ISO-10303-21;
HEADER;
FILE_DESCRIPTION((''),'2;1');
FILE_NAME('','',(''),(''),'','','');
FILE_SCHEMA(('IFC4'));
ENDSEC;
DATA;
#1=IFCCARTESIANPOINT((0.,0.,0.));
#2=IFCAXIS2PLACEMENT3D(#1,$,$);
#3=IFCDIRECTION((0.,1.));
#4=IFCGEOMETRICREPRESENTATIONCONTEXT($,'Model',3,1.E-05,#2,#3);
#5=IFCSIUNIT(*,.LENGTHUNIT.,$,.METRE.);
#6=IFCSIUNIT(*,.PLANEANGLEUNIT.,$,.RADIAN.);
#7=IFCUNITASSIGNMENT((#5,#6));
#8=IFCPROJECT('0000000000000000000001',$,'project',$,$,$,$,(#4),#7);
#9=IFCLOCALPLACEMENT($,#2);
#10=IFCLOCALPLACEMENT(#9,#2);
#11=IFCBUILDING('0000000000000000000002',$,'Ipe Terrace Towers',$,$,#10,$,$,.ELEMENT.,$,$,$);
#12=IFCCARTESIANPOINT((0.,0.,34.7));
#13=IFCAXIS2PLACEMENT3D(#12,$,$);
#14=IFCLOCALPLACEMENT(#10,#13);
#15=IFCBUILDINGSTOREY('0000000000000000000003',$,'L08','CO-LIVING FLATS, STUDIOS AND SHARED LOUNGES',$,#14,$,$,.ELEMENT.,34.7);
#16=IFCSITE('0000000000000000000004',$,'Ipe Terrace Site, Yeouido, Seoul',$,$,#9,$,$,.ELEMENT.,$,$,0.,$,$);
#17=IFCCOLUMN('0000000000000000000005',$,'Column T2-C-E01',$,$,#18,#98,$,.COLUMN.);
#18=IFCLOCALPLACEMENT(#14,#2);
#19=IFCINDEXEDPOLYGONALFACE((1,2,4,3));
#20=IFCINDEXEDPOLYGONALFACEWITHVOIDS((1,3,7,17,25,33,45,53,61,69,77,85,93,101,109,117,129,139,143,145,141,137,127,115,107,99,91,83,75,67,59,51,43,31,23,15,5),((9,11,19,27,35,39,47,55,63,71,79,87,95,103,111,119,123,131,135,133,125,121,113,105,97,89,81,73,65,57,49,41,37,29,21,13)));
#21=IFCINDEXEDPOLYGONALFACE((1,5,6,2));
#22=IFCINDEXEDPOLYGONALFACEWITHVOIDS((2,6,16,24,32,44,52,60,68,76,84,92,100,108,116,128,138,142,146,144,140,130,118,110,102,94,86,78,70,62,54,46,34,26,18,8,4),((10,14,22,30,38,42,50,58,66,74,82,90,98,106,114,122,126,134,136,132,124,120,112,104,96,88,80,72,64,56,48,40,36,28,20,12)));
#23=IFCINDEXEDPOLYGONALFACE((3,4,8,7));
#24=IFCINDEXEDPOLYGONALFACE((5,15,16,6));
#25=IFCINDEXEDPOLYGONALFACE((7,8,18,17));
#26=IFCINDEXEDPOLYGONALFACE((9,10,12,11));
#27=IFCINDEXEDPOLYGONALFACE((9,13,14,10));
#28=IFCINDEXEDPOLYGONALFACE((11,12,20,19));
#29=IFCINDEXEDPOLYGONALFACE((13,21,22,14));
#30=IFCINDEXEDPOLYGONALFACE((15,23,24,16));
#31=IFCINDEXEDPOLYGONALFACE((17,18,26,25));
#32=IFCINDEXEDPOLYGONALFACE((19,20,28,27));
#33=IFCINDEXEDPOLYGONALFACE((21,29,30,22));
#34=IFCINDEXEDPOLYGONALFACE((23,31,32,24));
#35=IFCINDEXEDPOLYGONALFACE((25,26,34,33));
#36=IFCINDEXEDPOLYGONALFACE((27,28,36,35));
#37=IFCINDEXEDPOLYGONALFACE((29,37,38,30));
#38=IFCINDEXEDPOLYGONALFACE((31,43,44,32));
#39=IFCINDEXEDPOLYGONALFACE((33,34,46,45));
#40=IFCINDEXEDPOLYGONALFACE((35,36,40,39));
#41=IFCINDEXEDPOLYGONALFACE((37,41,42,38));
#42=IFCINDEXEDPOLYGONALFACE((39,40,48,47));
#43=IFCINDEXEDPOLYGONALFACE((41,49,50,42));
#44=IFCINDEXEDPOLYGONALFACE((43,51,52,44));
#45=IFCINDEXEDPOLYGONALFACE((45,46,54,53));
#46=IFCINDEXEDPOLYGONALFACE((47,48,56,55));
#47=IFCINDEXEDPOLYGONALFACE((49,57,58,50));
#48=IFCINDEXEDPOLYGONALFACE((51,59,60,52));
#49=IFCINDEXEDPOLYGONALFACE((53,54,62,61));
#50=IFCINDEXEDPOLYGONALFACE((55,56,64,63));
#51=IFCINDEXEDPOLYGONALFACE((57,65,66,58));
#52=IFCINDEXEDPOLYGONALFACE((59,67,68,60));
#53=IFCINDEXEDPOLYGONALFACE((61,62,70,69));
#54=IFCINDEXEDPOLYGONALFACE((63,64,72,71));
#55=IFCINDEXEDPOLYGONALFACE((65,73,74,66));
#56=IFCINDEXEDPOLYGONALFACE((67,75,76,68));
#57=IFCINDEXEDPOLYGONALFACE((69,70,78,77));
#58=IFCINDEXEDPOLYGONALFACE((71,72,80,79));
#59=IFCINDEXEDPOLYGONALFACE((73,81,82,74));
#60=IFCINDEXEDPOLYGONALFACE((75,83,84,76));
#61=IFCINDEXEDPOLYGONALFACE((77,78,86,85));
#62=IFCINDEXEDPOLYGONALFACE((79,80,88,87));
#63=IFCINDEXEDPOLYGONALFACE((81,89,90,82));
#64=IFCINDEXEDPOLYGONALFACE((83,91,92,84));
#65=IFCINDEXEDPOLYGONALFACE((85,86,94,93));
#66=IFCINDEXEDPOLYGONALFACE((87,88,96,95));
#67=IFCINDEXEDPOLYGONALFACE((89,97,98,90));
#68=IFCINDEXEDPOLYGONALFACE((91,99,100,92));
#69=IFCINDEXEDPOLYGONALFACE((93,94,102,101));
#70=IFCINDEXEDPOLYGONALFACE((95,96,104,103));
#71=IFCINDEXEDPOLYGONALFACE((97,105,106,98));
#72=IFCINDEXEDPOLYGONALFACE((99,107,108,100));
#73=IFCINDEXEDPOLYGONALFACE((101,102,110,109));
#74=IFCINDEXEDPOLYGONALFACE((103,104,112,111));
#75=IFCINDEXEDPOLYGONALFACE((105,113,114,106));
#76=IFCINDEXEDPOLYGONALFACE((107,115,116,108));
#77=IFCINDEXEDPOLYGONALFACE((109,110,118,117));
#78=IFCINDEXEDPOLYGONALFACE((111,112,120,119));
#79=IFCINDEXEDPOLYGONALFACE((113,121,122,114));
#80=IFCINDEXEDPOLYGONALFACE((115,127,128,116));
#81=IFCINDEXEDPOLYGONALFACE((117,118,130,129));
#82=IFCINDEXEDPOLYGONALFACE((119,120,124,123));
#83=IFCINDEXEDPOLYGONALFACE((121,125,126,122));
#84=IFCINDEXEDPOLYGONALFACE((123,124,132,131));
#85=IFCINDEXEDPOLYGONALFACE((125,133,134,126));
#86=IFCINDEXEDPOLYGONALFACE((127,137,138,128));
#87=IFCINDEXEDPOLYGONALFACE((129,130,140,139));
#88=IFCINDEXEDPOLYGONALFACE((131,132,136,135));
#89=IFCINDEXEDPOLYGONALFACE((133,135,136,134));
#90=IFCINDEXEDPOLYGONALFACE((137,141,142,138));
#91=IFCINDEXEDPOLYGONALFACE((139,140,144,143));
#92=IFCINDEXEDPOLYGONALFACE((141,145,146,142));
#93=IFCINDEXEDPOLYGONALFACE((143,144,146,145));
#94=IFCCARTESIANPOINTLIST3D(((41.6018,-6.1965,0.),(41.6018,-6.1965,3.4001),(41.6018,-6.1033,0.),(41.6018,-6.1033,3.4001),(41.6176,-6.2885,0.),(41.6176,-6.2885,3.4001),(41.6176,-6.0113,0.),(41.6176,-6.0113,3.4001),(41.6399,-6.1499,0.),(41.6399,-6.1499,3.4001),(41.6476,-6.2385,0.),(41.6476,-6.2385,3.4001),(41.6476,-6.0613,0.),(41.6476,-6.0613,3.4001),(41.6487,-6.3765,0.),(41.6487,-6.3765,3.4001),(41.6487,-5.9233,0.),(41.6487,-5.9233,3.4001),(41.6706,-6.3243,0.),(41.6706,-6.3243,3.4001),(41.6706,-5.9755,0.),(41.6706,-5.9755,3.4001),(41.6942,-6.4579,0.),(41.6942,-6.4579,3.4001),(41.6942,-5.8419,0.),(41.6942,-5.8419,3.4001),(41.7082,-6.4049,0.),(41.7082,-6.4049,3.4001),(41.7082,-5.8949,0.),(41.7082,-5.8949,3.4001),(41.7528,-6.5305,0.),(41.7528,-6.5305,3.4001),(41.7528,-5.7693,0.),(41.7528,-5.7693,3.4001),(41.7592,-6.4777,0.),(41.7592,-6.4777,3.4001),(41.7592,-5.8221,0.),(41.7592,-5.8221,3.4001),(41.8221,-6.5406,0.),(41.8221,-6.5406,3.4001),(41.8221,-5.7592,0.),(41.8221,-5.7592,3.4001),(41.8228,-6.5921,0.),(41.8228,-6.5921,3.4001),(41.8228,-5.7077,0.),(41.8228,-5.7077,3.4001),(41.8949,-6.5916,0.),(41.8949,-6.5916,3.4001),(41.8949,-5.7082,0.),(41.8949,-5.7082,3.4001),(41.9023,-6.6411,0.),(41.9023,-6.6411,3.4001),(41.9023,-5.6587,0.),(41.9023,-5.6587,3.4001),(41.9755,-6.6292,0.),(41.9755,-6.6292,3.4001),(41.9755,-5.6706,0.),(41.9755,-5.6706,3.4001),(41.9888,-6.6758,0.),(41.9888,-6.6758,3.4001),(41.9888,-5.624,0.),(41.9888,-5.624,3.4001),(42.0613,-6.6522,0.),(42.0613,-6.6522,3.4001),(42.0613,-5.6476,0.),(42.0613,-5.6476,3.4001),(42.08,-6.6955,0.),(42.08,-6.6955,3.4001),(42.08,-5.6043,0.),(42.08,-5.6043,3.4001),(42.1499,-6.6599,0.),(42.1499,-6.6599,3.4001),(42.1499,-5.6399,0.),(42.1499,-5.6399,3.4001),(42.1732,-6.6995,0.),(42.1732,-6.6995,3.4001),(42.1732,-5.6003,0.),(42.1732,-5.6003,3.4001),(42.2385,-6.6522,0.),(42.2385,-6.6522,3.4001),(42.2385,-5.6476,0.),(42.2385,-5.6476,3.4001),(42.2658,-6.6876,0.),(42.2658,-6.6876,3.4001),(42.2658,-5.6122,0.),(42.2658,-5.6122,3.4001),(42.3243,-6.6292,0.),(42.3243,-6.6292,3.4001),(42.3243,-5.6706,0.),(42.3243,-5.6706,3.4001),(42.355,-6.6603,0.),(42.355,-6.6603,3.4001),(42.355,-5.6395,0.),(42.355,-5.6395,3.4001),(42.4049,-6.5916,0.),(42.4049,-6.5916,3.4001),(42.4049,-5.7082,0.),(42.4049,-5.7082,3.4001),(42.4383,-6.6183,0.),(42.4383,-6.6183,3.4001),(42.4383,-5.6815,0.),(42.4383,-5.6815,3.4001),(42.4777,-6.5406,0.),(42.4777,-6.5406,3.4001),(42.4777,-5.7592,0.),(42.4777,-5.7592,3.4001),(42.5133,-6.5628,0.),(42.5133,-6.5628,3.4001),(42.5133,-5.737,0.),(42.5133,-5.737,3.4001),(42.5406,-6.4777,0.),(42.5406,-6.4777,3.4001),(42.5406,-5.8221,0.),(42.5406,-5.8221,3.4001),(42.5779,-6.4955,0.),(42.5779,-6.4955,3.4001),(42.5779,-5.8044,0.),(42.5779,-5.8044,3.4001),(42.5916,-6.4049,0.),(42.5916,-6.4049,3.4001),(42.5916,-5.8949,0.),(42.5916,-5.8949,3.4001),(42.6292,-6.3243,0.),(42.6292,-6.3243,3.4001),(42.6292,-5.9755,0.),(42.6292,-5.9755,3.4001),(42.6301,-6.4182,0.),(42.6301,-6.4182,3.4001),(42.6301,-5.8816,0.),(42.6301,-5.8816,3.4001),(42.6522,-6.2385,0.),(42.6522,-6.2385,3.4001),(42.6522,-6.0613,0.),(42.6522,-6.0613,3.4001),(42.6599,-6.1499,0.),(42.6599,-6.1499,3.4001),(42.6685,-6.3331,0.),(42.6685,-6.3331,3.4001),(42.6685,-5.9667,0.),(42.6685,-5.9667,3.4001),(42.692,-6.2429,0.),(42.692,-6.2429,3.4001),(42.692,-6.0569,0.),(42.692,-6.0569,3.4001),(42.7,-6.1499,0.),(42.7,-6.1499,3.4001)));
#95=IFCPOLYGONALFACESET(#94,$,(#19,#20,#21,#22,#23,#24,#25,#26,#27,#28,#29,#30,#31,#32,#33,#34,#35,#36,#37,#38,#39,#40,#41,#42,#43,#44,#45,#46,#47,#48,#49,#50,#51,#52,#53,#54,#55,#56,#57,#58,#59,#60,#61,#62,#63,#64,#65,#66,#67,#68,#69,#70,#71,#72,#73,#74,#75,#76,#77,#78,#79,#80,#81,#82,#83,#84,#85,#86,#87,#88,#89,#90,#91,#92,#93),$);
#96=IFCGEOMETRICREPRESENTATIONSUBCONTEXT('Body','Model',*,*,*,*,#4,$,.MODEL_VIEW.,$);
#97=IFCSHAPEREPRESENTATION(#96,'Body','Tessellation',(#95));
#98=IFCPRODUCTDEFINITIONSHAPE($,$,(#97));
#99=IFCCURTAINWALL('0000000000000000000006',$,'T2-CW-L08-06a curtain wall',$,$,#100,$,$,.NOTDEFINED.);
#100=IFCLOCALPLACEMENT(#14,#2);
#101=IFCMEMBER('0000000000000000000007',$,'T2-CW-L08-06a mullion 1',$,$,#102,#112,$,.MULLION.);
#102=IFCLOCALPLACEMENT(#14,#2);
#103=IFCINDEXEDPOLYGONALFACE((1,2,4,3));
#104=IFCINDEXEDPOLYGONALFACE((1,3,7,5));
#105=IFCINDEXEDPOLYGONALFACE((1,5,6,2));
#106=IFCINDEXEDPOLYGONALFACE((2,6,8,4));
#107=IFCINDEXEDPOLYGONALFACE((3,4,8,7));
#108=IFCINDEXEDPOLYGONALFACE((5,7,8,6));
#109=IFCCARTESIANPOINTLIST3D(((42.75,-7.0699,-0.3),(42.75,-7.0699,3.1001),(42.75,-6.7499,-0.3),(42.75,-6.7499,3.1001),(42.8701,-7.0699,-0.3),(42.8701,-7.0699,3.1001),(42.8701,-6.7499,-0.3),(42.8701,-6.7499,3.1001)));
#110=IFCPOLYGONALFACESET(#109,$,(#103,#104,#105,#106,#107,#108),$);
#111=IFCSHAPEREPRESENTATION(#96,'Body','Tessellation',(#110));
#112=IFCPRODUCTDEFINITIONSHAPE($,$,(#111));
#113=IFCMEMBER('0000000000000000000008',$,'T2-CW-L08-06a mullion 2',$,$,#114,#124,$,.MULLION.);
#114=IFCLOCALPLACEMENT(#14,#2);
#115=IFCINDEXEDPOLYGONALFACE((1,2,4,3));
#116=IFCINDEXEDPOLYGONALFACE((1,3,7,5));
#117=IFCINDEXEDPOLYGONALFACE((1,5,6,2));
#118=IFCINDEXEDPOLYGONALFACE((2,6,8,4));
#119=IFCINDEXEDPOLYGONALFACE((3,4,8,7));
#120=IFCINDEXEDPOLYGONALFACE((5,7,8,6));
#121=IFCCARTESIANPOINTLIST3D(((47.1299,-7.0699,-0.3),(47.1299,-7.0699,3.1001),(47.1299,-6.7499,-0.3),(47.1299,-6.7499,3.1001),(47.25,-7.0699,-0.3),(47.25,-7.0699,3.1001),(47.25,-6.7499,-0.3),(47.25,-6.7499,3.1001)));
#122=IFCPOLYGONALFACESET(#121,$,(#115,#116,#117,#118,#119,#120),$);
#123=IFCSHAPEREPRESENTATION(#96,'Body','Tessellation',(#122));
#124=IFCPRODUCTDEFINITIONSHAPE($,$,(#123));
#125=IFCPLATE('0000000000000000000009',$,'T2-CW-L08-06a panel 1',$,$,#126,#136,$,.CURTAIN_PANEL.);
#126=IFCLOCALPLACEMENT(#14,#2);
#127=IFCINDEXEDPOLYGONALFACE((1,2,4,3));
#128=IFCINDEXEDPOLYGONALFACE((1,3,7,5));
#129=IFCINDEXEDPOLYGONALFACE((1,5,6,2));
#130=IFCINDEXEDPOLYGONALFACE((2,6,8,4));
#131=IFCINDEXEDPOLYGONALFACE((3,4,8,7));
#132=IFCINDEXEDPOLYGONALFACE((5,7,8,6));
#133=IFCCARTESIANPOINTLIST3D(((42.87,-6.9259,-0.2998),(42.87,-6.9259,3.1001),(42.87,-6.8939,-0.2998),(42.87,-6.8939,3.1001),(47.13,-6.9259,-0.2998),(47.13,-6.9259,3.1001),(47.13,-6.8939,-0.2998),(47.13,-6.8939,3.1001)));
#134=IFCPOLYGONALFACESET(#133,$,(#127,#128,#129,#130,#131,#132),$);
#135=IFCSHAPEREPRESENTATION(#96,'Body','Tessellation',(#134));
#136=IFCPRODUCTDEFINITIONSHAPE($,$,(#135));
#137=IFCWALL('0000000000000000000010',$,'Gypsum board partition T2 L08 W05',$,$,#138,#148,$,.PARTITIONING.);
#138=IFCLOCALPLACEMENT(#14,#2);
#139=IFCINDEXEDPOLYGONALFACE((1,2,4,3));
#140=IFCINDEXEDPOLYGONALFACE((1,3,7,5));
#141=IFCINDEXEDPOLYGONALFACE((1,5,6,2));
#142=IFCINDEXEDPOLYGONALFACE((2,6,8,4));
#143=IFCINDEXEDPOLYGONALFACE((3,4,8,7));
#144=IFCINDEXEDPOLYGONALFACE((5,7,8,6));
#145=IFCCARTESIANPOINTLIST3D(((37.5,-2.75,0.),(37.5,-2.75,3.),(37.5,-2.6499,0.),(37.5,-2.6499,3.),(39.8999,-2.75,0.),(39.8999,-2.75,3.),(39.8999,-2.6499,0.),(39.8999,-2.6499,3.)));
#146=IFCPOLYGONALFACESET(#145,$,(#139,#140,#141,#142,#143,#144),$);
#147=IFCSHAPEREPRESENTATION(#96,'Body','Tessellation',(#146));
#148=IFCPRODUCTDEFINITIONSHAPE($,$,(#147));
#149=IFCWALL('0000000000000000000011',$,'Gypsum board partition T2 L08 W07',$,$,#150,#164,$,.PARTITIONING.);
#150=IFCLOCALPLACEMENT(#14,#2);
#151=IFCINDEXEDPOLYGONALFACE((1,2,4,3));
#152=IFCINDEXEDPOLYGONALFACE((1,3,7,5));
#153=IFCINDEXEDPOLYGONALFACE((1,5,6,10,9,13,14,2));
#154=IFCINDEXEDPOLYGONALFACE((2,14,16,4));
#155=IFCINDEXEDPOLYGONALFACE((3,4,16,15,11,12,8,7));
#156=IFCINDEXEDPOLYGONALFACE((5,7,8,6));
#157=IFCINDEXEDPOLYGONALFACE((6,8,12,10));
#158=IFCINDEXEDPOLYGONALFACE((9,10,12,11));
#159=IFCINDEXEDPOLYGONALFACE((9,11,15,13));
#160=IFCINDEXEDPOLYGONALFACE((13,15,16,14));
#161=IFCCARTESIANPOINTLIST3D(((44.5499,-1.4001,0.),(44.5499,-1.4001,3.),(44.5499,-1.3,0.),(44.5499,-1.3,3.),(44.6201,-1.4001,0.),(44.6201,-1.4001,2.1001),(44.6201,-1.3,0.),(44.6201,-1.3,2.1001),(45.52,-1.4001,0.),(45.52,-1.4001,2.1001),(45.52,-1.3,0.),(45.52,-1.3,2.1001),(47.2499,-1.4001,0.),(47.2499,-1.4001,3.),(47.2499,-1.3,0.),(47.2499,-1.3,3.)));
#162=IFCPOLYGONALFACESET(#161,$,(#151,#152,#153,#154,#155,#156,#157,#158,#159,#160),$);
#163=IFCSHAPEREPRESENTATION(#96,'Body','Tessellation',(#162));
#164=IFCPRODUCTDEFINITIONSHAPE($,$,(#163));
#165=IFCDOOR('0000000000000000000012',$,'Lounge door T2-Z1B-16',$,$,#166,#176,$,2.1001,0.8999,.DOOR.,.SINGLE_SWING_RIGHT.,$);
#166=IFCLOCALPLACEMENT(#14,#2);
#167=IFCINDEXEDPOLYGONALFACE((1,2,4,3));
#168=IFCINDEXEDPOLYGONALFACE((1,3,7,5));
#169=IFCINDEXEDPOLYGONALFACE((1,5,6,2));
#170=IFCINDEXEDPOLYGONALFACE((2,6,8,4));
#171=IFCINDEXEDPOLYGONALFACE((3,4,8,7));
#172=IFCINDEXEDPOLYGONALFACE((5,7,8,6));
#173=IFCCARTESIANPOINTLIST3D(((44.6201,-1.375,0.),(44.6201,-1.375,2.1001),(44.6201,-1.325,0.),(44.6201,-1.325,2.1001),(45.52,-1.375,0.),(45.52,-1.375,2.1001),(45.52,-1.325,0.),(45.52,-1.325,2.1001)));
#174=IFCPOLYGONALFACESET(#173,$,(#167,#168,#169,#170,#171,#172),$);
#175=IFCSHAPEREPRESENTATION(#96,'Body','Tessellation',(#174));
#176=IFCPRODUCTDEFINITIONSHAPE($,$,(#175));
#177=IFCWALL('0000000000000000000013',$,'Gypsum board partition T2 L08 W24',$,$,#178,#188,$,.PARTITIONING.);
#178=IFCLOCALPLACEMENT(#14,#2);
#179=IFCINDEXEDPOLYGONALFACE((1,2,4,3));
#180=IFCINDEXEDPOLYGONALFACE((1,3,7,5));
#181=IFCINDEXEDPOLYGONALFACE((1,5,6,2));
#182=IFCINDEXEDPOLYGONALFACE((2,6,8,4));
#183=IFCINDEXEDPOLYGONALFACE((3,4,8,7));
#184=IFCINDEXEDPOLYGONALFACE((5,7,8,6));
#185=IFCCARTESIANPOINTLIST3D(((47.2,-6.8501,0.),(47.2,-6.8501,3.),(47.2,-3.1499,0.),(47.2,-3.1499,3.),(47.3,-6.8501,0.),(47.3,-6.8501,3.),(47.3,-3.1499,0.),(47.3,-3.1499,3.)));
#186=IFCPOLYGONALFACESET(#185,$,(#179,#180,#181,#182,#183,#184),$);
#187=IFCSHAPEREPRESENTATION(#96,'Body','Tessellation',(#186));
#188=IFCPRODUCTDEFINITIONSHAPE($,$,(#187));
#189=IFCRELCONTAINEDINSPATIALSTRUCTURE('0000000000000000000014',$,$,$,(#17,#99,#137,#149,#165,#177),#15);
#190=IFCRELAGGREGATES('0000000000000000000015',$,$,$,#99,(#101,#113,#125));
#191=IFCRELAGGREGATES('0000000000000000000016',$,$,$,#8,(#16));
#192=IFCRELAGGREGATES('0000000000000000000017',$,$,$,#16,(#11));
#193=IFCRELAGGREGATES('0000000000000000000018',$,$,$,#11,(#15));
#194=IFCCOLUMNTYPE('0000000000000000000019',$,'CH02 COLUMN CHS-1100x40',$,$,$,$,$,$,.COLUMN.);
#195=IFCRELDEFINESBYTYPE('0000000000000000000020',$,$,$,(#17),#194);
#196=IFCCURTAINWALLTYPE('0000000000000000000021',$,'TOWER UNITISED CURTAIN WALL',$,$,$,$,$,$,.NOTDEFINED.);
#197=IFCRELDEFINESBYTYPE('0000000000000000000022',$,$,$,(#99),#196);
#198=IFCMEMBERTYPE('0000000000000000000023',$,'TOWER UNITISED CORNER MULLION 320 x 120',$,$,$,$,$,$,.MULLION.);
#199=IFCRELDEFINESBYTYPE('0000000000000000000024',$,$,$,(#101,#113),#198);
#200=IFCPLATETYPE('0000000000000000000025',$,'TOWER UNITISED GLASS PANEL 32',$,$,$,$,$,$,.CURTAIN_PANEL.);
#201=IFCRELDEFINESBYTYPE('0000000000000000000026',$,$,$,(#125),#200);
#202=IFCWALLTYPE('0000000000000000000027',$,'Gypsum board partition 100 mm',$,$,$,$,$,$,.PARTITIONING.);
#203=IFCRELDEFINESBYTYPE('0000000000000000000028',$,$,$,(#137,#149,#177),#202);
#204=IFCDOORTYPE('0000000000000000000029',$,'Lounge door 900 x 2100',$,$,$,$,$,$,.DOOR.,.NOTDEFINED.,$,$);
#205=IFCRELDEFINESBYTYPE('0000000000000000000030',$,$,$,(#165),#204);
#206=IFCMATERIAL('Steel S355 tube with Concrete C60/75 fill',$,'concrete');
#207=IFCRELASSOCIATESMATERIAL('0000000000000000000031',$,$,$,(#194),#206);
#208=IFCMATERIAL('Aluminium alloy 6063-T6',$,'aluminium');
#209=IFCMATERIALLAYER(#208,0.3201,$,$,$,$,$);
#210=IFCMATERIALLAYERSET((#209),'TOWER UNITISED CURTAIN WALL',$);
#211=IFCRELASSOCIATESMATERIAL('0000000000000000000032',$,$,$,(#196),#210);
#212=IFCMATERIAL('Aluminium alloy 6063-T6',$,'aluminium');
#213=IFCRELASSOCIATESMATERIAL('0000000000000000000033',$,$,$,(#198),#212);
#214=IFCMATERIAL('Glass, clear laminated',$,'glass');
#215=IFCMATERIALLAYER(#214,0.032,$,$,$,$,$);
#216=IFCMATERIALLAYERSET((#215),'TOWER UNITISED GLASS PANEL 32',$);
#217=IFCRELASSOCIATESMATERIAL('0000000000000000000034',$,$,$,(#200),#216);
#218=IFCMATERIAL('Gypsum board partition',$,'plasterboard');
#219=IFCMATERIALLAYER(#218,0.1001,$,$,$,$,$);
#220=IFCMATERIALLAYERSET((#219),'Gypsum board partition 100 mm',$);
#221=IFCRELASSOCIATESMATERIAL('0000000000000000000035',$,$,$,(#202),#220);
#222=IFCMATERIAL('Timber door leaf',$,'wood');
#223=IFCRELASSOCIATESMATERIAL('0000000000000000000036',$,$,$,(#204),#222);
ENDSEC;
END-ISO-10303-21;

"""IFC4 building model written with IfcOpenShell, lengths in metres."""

from ifc_helpers import new_model, si_unit, direction, frame, frame_2d, origin, origin_2d, place, context, subcontext, project, spatial, rectangle, hollow_circle, extrude, material, layer, layer_set, material_profile, profile_set, type_object, element, fill, aggregate, save


model = new_model("IFC4")

# Units and contexts
model_context = context("Model", 3, precision=1e-05, world=origin(), true_north=direction((0.0, 1.0)))
body_context = subcontext(model_context, "Body", "Model", "MODEL_VIEW")
ifc_project = project(units=[si_unit("LENGTHUNIT", "METRE"), si_unit("PLANEANGLEUNIT", "RADIAN")], contexts=[model_context])

# Site, building, storey
site_placement = place(None, origin())
site = spatial("IfcSite", under=ifc_project, at=site_placement, Name="Ipe Terrace Site, Yeouido, Seoul", CompositionType="ELEMENT", RefElevation=0.0)
building_placement = place(site_placement, origin())
building = spatial("IfcBuilding", under=site, at=building_placement, Name="Ipe Terrace Towers", CompositionType="ELEMENT")
storey_placement = place(building_placement, frame((0.0, 0.0, 34.7)))
storey = spatial("IfcBuildingStorey", under=building, at=storey_placement, Name="L08", Description="CO-LIVING FLATS, STUDIOS AND SHARED LOUNGES", CompositionType="ELEMENT", Elevation=34.7)

# Column
ifc_material_1 = material(Name="Steel S355 tube with Concrete C60/75 fill", Category="concrete")
ifc_material_profile_1 = material_profile(ifc_material_1, hollow_circle(Radius=0.55, WallThickness=0.04, at=origin_2d()), Name="CHS-1100x40")
ifc_profile_set_1 = profile_set([ifc_material_profile_1], Name="Steel S355 tube with Concrete C60/75 fill")
column_type = type_object("IfcColumnType", Name="CH02 COLUMN CHS-1100x40", PredefinedType="COLUMN", material=ifc_profile_set_1)
column_placement = place(storey_placement, frame((42.1499, -6.1499, 0.0), z_axis=(0.0, 0.0, 1.0), x_axis=(1.0, 0.0, 0.0)))
element("IfcColumn", 1, at=column_placement, inside=storey, type_object=column_type, Name="Column T2-C-E01", PredefinedType="COLUMN", context=body_context, shape_type="SweptSolid", body=[
    extrude(hollow_circle(Radius=0.55, WallThickness=0.04, at=origin_2d()), origin(), (0.0, 0.0, 1.0), 3.4001),
])

# Curtain wall, members, plate
ifc_material_2 = material(Name="Aluminium alloy 6063-T6", Category="aluminium")
ifc_layer_1 = layer(ifc_material_2, 0.3201)
ifc_layer_set_1 = layer_set([ifc_layer_1], Name="TOWER UNITISED CURTAIN WALL")
curtain_wall_type = type_object("IfcCurtainWallType", Name="TOWER UNITISED CURTAIN WALL", PredefinedType="NOTDEFINED", material=ifc_layer_set_1)
curtain_wall_placement = place(storey_placement, origin())
curtain_wall = element("IfcCurtainWall", 2, at=curtain_wall_placement, inside=storey, type_object=curtain_wall_type, Name="T2-CW-L08-06a curtain wall", PredefinedType="NOTDEFINED")
ifc_material_3 = material(Name="Aluminium alloy 6063-T6", Category="aluminium")
ifc_material_profile_2 = material_profile(ifc_material_3, rectangle(XDim=0.3201, YDim=0.1201, at=origin_2d()), Name="TOWER UNITISED CORNER MULLION 320 x 120")
ifc_profile_set_2 = profile_set([ifc_material_profile_2], Name="Aluminium alloy 6063-T6")
member_type = type_object("IfcMemberType", Name="TOWER UNITISED CORNER MULLION 320 x 120", PredefinedType="MULLION", material=ifc_profile_set_2)
member_1_placement = place(storey_placement, frame((42.8101, -6.9099, -0.3), z_axis=(0.0, 0.0, 1.0), x_axis=(0.0, -1.0, 0.0)))
member_1 = element("IfcMember", 3, at=member_1_placement, type_object=member_type, Name="T2-CW-L08-06a mullion 1", PredefinedType="MULLION", context=body_context, shape_type="SweptSolid", body=[
    extrude(rectangle(XDim=0.3201, YDim=0.1201, at=origin_2d()), origin(), (0.0, 0.0, 1.0), 3.4001),
])
member_2_placement = place(storey_placement, frame((47.1899, -6.9099, -0.3), z_axis=(0.0, 0.0, 1.0), x_axis=(0.0, -1.0, 0.0)))
member_2 = element("IfcMember", 4, at=member_2_placement, type_object=member_type, Name="T2-CW-L08-06a mullion 2", PredefinedType="MULLION", context=body_context, shape_type="SweptSolid", body=[
    extrude(rectangle(XDim=0.3201, YDim=0.1201, at=origin_2d()), origin(), (0.0, 0.0, 1.0), 3.4001),
])
ifc_material_4 = material(Name="Glass, clear laminated", Category="glass")
ifc_layer_2 = layer(ifc_material_4, 0.032)
ifc_layer_set_2 = layer_set([ifc_layer_2], Name="TOWER UNITISED GLASS PANEL 32")
plate_type = type_object("IfcPlateType", Name="TOWER UNITISED GLASS PANEL 32", PredefinedType="CURTAIN_PANEL", material=ifc_layer_set_2)
plate_placement = place(storey_placement, frame((45.0, -6.9099, -0.2998), z_axis=(0.0, 0.0, 1.0), x_axis=(1.0, 0.0, 0.0)))
plate = element("IfcPlate", 5, at=plate_placement, type_object=plate_type, Name="T2-CW-L08-06a panel 1", PredefinedType="CURTAIN_PANEL", context=body_context, shape_type="SweptSolid", body=[
    extrude(rectangle(XDim=4.26, YDim=0.032, at=origin_2d()), origin(), (0.0, 0.0, 1.0), 3.3999),
])
aggregate(curtain_wall, [member_1, member_2, plate])

# Wall
ifc_material_5 = material(Name="Gypsum board partition", Category="plasterboard")
ifc_layer_3 = layer(ifc_material_5, 0.1001)
ifc_layer_set_3 = layer_set([ifc_layer_3], Name="Gypsum board partition 100 mm")
wall_type = type_object("IfcWallType", Name="Gypsum board partition 100 mm", PredefinedType="PARTITIONING", material=ifc_layer_set_3)
wall_1_placement = place(storey_placement, frame((39.8999, -2.7, 0.0), z_axis=(0.0, 0.0, 1.0), x_axis=(-1.0, 0.0, 0.0)))
element("IfcWall", 6, at=wall_1_placement, inside=storey, type_object=wall_type, Name="Gypsum board partition T2 L08 W05", PredefinedType="PARTITIONING", context=body_context, shape_type="SweptSolid", body=[
    extrude(rectangle(XDim=2.3999, YDim=0.1001, at=frame_2d((1.2, 0.0))), origin(), (0.0, 0.0, 1.0), 3.0),
])

# Wall, opening, door
wall_2_placement = place(storey_placement, frame((47.25, -1.3501, 0.0), z_axis=(0.0, 0.0, 1.0), x_axis=(-1.0, 0.0, 0.0)))
wall_2 = element("IfcWall", 7, at=wall_2_placement, inside=storey, type_object=wall_type, Name="Gypsum board partition T2 L08 W07", PredefinedType="PARTITIONING", context=body_context, shape_type="SweptSolid", body=[
    extrude(rectangle(XDim=2.7, YDim=0.1001, at=frame_2d((1.3501, 0.0))), origin(), (0.0, 0.0, 1.0), 3.0),
])
opening_1_placement = place(wall_2_placement, frame((1.73, 0.0, 0.0)))
opening_1 = element("IfcOpeningElement", 8, at=opening_1_placement, cuts=wall_2, PredefinedType="OPENING", context=body_context, shape_type="SweptSolid", body=[
    extrude(rectangle(XDim=0.8999, YDim=2.1001, at=frame_2d((0.45, 1.05))), frame((0.0, 0.0601, 0.0), z_axis=(0.0, -1.0, 0.0), x_axis=(1.0, 0.0, 0.0)), (0.0, 0.0, 1.0), 0.1201),
])
ifc_material_6 = material(Name="Timber door leaf", Category="wood")
door_type = type_object("IfcDoorType", Name="Lounge door 900 x 2100", OperationType="NOTDEFINED", PredefinedType="DOOR", material=ifc_material_6)
door_1_placement = place(opening_1_placement, origin())
door_1 = element("IfcDoor", 9, at=door_1_placement, inside=storey, type_object=door_type, Name="Lounge door T2-Z1B-16", OperationType="SINGLE_SWING_RIGHT", OverallHeight=2.1001, OverallWidth=0.8999, PredefinedType="DOOR", context=body_context, shape_type="SweptSolid", body=[
    extrude(rectangle(XDim=0.8999, YDim=2.1001, at=frame_2d((0.45, 1.05))), frame((0.0, 0.0249, 0.0), z_axis=(0.0, -1.0, 0.0), x_axis=(1.0, 0.0, 0.0)), (0.0, 0.0, 1.0), 0.05),
])
fill(opening_1, door_1)

# Wall
wall_3_placement = place(storey_placement, frame((47.25, -6.8501, 0.0), z_axis=(0.0, 0.0, 1.0), x_axis=(0.0, 1.0, 0.0)))
element("IfcWall", 10, at=wall_3_placement, inside=storey, type_object=wall_type, Name="Gypsum board partition T2 L08 W24", PredefinedType="PARTITIONING", context=body_context, shape_type="SweptSolid", body=[
    extrude(rectangle(XDim=3.7002, YDim=0.1001, at=frame_2d((1.8501, 0.0))), origin(), (0.0, 0.0, 1.0), 3.0),
])

save(model, "model.ifc")
